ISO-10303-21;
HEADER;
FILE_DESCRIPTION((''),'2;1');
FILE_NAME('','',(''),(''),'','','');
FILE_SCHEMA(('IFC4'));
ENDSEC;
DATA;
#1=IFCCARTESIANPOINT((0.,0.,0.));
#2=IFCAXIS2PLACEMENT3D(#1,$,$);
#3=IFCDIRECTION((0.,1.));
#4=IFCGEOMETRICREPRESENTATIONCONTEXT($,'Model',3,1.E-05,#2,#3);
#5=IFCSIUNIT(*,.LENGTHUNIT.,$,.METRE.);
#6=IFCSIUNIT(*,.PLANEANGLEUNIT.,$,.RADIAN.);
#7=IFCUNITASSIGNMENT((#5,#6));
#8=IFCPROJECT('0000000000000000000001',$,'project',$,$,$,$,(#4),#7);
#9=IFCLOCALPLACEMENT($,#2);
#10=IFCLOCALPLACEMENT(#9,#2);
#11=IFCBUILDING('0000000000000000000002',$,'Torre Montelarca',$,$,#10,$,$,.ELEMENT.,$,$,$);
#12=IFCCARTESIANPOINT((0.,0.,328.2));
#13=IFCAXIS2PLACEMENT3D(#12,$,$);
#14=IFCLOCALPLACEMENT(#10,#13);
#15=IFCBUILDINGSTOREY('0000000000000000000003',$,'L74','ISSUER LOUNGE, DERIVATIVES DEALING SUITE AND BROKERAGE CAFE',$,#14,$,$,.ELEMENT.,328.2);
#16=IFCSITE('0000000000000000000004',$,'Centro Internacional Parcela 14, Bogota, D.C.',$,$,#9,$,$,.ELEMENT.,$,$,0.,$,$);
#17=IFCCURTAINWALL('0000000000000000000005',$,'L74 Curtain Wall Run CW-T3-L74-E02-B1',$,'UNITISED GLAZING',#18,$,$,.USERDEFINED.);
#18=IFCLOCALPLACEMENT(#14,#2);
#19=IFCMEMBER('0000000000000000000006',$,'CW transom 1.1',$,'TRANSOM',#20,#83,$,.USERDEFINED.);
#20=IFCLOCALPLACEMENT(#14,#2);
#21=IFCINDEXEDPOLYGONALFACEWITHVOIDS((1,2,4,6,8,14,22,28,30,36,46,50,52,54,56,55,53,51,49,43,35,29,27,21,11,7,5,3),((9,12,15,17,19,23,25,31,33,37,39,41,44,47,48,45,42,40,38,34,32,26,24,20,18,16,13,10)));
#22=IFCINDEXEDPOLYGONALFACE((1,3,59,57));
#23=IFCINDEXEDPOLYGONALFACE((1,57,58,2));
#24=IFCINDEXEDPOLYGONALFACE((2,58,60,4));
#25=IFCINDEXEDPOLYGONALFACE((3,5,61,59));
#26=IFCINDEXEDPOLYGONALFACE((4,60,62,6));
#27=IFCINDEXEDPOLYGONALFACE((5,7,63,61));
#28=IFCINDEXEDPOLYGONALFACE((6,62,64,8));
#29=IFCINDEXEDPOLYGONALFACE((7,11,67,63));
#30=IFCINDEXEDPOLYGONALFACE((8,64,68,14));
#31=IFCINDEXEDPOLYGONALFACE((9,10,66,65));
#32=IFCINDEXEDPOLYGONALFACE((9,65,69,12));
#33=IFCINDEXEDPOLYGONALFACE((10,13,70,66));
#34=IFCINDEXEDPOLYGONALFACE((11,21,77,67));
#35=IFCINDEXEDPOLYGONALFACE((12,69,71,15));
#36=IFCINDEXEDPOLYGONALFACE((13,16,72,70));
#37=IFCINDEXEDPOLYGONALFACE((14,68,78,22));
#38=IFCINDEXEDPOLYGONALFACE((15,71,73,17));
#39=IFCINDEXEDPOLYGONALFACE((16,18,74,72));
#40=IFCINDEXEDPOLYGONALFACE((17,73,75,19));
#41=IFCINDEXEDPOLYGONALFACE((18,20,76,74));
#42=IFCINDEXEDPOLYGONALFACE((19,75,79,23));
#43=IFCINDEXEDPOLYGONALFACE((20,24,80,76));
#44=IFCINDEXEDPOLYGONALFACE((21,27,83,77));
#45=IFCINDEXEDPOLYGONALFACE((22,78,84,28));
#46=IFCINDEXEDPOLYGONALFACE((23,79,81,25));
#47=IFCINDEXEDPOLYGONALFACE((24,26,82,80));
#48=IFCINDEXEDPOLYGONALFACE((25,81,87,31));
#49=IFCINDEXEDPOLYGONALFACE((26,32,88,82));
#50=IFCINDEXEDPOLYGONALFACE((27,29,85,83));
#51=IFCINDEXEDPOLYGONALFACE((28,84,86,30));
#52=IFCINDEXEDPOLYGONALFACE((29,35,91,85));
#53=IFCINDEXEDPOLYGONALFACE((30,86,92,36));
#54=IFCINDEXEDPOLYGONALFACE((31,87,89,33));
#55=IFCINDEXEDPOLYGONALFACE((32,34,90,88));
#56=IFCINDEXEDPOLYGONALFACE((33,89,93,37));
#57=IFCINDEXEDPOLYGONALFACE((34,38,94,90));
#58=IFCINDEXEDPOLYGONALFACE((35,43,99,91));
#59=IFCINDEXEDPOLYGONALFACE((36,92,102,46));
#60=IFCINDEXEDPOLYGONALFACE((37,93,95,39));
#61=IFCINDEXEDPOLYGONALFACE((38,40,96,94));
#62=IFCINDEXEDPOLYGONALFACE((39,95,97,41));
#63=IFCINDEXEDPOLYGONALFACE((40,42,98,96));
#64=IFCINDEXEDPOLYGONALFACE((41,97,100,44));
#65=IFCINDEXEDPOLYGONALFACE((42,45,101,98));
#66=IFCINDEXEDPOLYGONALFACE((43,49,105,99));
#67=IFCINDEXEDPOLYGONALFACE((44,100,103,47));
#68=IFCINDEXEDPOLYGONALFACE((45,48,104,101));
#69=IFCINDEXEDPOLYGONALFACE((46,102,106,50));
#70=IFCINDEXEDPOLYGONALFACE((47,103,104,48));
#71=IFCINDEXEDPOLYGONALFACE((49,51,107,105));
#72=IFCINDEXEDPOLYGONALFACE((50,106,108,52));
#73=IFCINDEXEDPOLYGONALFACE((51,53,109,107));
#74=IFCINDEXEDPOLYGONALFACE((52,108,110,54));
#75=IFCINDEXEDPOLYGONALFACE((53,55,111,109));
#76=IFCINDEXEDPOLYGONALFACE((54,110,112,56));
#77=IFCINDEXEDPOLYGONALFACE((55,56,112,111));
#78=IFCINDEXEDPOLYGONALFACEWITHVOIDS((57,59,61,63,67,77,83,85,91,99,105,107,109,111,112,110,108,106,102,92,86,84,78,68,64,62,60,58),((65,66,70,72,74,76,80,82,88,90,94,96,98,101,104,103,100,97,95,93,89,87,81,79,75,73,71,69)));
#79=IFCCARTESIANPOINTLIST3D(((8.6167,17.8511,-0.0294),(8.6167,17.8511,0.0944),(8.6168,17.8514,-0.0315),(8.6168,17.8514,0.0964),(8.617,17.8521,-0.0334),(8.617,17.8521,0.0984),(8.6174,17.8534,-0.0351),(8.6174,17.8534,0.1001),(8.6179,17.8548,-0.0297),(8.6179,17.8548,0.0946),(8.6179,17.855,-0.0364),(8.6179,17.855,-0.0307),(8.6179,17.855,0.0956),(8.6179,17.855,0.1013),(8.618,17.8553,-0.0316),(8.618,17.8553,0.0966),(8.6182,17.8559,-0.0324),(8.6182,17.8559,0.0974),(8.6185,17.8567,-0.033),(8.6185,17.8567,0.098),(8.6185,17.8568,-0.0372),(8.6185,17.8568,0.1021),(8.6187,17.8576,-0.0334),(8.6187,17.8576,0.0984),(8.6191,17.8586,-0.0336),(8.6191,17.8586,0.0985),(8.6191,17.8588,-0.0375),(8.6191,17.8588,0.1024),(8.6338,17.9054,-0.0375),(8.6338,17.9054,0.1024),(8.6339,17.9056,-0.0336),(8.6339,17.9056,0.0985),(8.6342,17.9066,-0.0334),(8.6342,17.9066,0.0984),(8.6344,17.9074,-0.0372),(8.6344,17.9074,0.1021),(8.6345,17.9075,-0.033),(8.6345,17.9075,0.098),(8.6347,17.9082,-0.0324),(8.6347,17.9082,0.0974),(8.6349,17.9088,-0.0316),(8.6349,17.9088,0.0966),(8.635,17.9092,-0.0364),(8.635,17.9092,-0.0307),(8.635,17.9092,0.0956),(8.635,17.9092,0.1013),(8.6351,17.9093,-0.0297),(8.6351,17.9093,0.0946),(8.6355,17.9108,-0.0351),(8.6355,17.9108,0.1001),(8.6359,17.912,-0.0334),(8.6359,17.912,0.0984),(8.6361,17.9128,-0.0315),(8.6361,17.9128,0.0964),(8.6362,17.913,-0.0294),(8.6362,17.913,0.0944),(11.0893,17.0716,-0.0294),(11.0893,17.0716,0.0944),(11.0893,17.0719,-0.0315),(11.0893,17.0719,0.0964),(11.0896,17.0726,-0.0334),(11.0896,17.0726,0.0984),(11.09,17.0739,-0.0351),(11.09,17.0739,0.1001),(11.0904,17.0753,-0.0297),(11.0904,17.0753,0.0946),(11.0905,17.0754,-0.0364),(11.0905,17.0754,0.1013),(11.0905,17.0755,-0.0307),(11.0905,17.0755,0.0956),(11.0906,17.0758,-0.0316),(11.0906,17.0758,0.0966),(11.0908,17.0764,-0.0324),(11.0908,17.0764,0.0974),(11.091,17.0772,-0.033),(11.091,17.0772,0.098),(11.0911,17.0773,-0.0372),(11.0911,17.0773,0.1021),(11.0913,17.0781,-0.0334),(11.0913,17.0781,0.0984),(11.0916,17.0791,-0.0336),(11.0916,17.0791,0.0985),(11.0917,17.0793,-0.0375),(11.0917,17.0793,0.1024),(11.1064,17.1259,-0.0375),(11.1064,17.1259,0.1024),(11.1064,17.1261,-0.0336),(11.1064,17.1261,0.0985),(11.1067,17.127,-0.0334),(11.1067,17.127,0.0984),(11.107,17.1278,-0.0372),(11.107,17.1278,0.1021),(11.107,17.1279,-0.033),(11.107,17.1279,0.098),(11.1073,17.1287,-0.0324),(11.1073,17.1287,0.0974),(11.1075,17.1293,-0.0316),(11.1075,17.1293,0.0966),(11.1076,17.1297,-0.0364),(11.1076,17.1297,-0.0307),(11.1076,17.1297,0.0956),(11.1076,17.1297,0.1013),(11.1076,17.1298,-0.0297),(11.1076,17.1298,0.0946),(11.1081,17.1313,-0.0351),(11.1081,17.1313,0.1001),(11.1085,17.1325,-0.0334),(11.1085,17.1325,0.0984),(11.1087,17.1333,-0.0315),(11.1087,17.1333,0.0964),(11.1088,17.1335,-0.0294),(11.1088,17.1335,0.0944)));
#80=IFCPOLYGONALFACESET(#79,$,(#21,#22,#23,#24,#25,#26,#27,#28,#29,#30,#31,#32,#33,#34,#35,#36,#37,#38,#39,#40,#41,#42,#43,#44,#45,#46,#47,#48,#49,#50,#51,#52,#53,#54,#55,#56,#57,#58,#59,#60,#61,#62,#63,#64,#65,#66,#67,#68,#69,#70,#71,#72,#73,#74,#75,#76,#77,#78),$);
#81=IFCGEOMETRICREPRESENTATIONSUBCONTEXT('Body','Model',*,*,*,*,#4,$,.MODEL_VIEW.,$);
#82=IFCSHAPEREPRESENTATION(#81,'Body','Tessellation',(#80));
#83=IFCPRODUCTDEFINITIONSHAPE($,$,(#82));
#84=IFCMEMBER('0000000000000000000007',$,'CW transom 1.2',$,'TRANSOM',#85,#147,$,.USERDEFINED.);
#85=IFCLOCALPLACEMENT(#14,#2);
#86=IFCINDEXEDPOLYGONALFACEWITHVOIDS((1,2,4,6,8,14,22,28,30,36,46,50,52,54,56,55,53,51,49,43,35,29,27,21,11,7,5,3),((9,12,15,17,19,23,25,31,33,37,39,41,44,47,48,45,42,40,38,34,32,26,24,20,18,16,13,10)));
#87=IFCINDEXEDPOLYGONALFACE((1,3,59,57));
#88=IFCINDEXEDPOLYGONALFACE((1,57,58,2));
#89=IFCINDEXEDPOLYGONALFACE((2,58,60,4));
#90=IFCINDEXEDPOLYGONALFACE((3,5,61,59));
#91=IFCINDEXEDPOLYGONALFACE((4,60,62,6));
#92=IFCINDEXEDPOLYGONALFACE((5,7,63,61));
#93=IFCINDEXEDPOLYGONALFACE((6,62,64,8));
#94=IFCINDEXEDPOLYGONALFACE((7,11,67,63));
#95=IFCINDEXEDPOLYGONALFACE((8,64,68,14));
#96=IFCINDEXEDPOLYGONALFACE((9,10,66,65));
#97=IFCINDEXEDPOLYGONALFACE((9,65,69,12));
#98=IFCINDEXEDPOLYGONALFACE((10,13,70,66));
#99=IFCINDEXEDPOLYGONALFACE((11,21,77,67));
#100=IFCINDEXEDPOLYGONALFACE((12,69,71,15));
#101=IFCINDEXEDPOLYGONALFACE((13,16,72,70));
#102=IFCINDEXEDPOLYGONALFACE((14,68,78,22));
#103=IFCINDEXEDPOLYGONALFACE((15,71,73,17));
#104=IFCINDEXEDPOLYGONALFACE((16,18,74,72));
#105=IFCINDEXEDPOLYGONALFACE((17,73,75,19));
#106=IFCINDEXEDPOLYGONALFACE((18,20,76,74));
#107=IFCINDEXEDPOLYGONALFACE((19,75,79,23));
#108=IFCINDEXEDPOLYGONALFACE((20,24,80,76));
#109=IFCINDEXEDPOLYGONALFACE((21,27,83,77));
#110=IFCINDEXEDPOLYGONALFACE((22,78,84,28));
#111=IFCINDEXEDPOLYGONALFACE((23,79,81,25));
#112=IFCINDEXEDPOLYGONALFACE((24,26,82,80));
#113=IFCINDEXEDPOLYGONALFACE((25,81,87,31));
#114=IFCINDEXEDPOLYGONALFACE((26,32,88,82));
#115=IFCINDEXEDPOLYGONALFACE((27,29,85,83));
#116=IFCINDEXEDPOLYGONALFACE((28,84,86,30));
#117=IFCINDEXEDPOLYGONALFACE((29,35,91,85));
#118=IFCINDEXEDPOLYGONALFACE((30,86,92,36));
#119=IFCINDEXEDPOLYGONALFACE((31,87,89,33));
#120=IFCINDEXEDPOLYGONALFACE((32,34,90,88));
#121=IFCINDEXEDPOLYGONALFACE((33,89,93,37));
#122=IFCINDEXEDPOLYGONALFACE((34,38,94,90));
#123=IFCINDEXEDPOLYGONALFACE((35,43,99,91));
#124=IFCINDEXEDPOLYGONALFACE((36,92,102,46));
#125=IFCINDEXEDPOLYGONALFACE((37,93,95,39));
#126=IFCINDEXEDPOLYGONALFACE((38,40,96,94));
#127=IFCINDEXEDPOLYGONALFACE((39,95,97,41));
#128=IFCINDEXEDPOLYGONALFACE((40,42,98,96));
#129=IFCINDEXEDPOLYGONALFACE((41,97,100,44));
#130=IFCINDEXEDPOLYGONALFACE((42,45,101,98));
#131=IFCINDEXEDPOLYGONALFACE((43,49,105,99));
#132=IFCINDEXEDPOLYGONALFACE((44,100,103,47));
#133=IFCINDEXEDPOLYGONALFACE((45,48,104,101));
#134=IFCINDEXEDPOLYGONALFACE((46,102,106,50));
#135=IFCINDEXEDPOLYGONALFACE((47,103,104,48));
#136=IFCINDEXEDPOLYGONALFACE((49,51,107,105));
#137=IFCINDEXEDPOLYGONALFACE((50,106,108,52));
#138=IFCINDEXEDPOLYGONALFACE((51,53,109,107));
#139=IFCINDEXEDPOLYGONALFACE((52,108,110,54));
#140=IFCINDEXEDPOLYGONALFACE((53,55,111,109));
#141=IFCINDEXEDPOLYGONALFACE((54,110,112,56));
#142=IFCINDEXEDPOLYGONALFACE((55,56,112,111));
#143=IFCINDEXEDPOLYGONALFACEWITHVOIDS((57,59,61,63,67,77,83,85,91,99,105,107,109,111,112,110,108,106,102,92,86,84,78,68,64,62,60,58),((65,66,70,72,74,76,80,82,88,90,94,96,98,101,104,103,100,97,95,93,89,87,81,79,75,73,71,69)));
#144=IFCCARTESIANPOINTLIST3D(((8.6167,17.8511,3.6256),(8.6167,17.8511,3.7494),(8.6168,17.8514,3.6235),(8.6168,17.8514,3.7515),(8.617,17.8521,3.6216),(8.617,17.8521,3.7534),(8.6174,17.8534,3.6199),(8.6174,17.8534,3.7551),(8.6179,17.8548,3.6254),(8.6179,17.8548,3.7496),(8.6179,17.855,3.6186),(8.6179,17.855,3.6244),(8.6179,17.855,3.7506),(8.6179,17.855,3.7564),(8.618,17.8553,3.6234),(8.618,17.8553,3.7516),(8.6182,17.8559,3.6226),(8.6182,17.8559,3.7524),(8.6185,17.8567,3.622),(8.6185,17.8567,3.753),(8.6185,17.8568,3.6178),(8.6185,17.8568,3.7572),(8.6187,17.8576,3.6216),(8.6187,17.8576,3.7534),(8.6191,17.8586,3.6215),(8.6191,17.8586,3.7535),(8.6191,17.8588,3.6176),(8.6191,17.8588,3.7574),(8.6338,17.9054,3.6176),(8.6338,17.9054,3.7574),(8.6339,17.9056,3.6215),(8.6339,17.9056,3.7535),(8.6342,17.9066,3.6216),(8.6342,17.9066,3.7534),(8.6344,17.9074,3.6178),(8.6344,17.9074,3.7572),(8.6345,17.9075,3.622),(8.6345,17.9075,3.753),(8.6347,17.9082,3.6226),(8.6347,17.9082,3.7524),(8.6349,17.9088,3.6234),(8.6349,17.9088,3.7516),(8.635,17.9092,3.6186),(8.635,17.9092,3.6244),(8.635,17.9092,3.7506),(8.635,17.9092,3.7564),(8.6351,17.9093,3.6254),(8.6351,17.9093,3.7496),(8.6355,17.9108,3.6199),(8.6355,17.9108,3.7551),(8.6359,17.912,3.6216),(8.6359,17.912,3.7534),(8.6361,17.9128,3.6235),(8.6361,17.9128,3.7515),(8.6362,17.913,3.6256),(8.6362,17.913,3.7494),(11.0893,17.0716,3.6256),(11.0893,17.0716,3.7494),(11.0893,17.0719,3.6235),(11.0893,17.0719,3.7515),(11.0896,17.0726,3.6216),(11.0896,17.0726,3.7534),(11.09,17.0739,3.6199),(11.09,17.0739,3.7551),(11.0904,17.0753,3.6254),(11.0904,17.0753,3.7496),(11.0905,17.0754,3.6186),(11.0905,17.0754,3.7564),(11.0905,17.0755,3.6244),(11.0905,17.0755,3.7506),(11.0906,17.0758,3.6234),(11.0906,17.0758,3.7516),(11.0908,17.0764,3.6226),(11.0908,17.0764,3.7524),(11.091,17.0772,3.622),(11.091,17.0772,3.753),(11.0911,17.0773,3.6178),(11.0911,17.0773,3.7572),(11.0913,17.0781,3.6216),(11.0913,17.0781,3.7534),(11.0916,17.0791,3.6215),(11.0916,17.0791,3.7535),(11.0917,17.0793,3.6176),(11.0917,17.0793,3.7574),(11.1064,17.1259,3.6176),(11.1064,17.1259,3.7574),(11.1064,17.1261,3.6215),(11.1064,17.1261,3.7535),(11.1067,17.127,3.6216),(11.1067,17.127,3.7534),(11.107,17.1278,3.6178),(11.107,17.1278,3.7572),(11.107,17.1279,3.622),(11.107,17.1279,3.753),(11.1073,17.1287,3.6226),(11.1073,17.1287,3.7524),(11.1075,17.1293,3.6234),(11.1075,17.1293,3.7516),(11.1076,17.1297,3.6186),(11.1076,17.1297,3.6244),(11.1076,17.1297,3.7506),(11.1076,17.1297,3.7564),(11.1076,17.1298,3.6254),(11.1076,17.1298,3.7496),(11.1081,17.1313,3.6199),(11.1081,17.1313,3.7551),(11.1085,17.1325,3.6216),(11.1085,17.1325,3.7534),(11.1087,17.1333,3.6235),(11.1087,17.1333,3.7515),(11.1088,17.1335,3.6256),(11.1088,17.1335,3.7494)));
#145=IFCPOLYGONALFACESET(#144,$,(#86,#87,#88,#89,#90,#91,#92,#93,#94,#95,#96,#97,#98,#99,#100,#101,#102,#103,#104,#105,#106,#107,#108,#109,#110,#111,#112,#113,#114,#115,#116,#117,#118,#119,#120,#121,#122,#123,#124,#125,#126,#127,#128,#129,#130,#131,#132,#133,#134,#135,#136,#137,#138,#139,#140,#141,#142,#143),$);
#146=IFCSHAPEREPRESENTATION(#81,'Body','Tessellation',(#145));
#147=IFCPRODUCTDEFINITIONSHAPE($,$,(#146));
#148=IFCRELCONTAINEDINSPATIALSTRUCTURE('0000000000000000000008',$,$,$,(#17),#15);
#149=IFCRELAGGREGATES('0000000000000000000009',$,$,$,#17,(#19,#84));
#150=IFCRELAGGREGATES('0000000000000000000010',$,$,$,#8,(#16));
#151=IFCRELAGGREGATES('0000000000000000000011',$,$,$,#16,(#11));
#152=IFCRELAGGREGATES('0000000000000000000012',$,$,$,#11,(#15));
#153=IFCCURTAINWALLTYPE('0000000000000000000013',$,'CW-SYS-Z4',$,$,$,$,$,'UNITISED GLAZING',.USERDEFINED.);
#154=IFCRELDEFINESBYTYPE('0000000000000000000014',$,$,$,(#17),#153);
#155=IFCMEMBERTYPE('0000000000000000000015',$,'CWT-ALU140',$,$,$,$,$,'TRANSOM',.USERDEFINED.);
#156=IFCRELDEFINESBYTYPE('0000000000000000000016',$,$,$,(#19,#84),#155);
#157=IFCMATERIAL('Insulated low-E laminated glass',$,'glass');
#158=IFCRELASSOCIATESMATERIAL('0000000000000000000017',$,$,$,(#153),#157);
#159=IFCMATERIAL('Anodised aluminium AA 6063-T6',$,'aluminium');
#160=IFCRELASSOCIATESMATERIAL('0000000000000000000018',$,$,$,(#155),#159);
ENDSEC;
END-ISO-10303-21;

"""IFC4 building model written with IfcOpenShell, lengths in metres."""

from ifc_helpers import new_model, si_unit, direction, frame, origin, origin_2d, place, context, subcontext, project, spatial, hollow_rectangle, extrude, source, transform, mapped, material, material_profile, profile_set, type_object, element, aggregate, save


model = new_model("IFC4")

# Units and contexts
model_context = context("Model", 3, precision=1e-05, world=origin(), true_north=direction((0.0, 1.0)))
body_context = subcontext(model_context, "Body", "Model", "MODEL_VIEW")
ifc_project = project(units=[si_unit("LENGTHUNIT", "METRE"), si_unit("PLANEANGLEUNIT", "RADIAN")], contexts=[model_context])

# Site, building, storey
site_placement = place(None, origin())
site = spatial("IfcSite", under=ifc_project, at=site_placement, Name="Centro Internacional Parcela 14, Bogota, D.C.", CompositionType="ELEMENT", RefElevation=0.0)
building_placement = place(site_placement, origin())
building = spatial("IfcBuilding", under=site, at=building_placement, Name="Torre Montelarca", CompositionType="ELEMENT")
storey_placement = place(building_placement, frame((0.0, 0.0, 328.2)))
storey = spatial("IfcBuildingStorey", under=building, at=storey_placement, Name="L74", Description="ISSUER LOUNGE, DERIVATIVES DEALING SUITE AND BROKERAGE CAFE", CompositionType="ELEMENT", Elevation=328.2)

# Curtain wall, members
ifc_material_1 = material(Name="Insulated low-E laminated glass", Category="glass")
curtain_wall_type = type_object("IfcCurtainWallType", Name="CW-SYS-Z4", ElementType="UNITISED GLAZING", PredefinedType="USERDEFINED", material=ifc_material_1)
ifc_material_2 = material(Name="Anodised aluminium AA 6063-T6", Category="aluminium")
curtain_wall_1_placement = place(storey_placement, origin())
curtain_wall_1 = element("IfcCurtainWall", 1, at=curtain_wall_1_placement, inside=storey, type_object=curtain_wall_type, Name="L74 Curtain Wall Run CW-T3-L74-E02-B1", ObjectType="UNITISED GLAZING", PredefinedType="USERDEFINED")
ifc_material_profile_1 = material_profile(ifc_material_2, hollow_rectangle(XDim=0.0649, YDim=0.1399, WallThickness=0.0039, InnerFilletRadius=0.0039, OuterFilletRadius=0.0081, at=origin_2d()), Name="ALU65X140X4", Category="aluminium")
ifc_profile_set_1 = profile_set([ifc_material_profile_1], Name="Anodised aluminium AA 6063-T6")
member_type_1 = type_object("IfcMemberType", Name="CWT-ALU140", ElementType="TRANSOM", PredefinedType="USERDEFINED", material=ifc_profile_set_1)
shared_shape_1 = source(origin(), body_context, "Body", "SweptSolid", [
    extrude(hollow_rectangle(XDim=0.0649, YDim=0.1399, WallThickness=0.0039, InnerFilletRadius=0.0039, OuterFilletRadius=0.0081, at=origin_2d()), origin(), (0.0, 0.0, 1.0), 2.5925),
])
member_1_placement = place(storey_placement, frame((8.6265, 17.8821, 0.0325), z_axis=(0.953726, -0.300676, 0.0), x_axis=(0.300676, 0.953726, 0.0)))
member_1 = element("IfcMember", 2, at=member_1_placement, type_object=member_type_1, Name="CW transom 1.1", ObjectType="TRANSOM", PredefinedType="USERDEFINED", context=body_context, shape_type="MappedRepresentation", body=[
    mapped(shared_shape_1, transform((0.0, 0.0, 0.0), scale=1.0)),
])
member_2_placement = place(storey_placement, frame((8.6265, 17.8821, 3.6875), z_axis=(0.953726, -0.300676, 0.0), x_axis=(0.300676, 0.953726, 0.0)))
member_2 = element("IfcMember", 3, at=member_2_placement, type_object=member_type_1, Name="CW transom 1.2", ObjectType="TRANSOM", PredefinedType="USERDEFINED", context=body_context, shape_type="MappedRepresentation", body=[
    mapped(shared_shape_1, transform((0.0, 0.0, 0.0), scale=1.0)),
])
aggregate(curtain_wall_1, [member_1, member_2])

save(model, "model.ifc")
